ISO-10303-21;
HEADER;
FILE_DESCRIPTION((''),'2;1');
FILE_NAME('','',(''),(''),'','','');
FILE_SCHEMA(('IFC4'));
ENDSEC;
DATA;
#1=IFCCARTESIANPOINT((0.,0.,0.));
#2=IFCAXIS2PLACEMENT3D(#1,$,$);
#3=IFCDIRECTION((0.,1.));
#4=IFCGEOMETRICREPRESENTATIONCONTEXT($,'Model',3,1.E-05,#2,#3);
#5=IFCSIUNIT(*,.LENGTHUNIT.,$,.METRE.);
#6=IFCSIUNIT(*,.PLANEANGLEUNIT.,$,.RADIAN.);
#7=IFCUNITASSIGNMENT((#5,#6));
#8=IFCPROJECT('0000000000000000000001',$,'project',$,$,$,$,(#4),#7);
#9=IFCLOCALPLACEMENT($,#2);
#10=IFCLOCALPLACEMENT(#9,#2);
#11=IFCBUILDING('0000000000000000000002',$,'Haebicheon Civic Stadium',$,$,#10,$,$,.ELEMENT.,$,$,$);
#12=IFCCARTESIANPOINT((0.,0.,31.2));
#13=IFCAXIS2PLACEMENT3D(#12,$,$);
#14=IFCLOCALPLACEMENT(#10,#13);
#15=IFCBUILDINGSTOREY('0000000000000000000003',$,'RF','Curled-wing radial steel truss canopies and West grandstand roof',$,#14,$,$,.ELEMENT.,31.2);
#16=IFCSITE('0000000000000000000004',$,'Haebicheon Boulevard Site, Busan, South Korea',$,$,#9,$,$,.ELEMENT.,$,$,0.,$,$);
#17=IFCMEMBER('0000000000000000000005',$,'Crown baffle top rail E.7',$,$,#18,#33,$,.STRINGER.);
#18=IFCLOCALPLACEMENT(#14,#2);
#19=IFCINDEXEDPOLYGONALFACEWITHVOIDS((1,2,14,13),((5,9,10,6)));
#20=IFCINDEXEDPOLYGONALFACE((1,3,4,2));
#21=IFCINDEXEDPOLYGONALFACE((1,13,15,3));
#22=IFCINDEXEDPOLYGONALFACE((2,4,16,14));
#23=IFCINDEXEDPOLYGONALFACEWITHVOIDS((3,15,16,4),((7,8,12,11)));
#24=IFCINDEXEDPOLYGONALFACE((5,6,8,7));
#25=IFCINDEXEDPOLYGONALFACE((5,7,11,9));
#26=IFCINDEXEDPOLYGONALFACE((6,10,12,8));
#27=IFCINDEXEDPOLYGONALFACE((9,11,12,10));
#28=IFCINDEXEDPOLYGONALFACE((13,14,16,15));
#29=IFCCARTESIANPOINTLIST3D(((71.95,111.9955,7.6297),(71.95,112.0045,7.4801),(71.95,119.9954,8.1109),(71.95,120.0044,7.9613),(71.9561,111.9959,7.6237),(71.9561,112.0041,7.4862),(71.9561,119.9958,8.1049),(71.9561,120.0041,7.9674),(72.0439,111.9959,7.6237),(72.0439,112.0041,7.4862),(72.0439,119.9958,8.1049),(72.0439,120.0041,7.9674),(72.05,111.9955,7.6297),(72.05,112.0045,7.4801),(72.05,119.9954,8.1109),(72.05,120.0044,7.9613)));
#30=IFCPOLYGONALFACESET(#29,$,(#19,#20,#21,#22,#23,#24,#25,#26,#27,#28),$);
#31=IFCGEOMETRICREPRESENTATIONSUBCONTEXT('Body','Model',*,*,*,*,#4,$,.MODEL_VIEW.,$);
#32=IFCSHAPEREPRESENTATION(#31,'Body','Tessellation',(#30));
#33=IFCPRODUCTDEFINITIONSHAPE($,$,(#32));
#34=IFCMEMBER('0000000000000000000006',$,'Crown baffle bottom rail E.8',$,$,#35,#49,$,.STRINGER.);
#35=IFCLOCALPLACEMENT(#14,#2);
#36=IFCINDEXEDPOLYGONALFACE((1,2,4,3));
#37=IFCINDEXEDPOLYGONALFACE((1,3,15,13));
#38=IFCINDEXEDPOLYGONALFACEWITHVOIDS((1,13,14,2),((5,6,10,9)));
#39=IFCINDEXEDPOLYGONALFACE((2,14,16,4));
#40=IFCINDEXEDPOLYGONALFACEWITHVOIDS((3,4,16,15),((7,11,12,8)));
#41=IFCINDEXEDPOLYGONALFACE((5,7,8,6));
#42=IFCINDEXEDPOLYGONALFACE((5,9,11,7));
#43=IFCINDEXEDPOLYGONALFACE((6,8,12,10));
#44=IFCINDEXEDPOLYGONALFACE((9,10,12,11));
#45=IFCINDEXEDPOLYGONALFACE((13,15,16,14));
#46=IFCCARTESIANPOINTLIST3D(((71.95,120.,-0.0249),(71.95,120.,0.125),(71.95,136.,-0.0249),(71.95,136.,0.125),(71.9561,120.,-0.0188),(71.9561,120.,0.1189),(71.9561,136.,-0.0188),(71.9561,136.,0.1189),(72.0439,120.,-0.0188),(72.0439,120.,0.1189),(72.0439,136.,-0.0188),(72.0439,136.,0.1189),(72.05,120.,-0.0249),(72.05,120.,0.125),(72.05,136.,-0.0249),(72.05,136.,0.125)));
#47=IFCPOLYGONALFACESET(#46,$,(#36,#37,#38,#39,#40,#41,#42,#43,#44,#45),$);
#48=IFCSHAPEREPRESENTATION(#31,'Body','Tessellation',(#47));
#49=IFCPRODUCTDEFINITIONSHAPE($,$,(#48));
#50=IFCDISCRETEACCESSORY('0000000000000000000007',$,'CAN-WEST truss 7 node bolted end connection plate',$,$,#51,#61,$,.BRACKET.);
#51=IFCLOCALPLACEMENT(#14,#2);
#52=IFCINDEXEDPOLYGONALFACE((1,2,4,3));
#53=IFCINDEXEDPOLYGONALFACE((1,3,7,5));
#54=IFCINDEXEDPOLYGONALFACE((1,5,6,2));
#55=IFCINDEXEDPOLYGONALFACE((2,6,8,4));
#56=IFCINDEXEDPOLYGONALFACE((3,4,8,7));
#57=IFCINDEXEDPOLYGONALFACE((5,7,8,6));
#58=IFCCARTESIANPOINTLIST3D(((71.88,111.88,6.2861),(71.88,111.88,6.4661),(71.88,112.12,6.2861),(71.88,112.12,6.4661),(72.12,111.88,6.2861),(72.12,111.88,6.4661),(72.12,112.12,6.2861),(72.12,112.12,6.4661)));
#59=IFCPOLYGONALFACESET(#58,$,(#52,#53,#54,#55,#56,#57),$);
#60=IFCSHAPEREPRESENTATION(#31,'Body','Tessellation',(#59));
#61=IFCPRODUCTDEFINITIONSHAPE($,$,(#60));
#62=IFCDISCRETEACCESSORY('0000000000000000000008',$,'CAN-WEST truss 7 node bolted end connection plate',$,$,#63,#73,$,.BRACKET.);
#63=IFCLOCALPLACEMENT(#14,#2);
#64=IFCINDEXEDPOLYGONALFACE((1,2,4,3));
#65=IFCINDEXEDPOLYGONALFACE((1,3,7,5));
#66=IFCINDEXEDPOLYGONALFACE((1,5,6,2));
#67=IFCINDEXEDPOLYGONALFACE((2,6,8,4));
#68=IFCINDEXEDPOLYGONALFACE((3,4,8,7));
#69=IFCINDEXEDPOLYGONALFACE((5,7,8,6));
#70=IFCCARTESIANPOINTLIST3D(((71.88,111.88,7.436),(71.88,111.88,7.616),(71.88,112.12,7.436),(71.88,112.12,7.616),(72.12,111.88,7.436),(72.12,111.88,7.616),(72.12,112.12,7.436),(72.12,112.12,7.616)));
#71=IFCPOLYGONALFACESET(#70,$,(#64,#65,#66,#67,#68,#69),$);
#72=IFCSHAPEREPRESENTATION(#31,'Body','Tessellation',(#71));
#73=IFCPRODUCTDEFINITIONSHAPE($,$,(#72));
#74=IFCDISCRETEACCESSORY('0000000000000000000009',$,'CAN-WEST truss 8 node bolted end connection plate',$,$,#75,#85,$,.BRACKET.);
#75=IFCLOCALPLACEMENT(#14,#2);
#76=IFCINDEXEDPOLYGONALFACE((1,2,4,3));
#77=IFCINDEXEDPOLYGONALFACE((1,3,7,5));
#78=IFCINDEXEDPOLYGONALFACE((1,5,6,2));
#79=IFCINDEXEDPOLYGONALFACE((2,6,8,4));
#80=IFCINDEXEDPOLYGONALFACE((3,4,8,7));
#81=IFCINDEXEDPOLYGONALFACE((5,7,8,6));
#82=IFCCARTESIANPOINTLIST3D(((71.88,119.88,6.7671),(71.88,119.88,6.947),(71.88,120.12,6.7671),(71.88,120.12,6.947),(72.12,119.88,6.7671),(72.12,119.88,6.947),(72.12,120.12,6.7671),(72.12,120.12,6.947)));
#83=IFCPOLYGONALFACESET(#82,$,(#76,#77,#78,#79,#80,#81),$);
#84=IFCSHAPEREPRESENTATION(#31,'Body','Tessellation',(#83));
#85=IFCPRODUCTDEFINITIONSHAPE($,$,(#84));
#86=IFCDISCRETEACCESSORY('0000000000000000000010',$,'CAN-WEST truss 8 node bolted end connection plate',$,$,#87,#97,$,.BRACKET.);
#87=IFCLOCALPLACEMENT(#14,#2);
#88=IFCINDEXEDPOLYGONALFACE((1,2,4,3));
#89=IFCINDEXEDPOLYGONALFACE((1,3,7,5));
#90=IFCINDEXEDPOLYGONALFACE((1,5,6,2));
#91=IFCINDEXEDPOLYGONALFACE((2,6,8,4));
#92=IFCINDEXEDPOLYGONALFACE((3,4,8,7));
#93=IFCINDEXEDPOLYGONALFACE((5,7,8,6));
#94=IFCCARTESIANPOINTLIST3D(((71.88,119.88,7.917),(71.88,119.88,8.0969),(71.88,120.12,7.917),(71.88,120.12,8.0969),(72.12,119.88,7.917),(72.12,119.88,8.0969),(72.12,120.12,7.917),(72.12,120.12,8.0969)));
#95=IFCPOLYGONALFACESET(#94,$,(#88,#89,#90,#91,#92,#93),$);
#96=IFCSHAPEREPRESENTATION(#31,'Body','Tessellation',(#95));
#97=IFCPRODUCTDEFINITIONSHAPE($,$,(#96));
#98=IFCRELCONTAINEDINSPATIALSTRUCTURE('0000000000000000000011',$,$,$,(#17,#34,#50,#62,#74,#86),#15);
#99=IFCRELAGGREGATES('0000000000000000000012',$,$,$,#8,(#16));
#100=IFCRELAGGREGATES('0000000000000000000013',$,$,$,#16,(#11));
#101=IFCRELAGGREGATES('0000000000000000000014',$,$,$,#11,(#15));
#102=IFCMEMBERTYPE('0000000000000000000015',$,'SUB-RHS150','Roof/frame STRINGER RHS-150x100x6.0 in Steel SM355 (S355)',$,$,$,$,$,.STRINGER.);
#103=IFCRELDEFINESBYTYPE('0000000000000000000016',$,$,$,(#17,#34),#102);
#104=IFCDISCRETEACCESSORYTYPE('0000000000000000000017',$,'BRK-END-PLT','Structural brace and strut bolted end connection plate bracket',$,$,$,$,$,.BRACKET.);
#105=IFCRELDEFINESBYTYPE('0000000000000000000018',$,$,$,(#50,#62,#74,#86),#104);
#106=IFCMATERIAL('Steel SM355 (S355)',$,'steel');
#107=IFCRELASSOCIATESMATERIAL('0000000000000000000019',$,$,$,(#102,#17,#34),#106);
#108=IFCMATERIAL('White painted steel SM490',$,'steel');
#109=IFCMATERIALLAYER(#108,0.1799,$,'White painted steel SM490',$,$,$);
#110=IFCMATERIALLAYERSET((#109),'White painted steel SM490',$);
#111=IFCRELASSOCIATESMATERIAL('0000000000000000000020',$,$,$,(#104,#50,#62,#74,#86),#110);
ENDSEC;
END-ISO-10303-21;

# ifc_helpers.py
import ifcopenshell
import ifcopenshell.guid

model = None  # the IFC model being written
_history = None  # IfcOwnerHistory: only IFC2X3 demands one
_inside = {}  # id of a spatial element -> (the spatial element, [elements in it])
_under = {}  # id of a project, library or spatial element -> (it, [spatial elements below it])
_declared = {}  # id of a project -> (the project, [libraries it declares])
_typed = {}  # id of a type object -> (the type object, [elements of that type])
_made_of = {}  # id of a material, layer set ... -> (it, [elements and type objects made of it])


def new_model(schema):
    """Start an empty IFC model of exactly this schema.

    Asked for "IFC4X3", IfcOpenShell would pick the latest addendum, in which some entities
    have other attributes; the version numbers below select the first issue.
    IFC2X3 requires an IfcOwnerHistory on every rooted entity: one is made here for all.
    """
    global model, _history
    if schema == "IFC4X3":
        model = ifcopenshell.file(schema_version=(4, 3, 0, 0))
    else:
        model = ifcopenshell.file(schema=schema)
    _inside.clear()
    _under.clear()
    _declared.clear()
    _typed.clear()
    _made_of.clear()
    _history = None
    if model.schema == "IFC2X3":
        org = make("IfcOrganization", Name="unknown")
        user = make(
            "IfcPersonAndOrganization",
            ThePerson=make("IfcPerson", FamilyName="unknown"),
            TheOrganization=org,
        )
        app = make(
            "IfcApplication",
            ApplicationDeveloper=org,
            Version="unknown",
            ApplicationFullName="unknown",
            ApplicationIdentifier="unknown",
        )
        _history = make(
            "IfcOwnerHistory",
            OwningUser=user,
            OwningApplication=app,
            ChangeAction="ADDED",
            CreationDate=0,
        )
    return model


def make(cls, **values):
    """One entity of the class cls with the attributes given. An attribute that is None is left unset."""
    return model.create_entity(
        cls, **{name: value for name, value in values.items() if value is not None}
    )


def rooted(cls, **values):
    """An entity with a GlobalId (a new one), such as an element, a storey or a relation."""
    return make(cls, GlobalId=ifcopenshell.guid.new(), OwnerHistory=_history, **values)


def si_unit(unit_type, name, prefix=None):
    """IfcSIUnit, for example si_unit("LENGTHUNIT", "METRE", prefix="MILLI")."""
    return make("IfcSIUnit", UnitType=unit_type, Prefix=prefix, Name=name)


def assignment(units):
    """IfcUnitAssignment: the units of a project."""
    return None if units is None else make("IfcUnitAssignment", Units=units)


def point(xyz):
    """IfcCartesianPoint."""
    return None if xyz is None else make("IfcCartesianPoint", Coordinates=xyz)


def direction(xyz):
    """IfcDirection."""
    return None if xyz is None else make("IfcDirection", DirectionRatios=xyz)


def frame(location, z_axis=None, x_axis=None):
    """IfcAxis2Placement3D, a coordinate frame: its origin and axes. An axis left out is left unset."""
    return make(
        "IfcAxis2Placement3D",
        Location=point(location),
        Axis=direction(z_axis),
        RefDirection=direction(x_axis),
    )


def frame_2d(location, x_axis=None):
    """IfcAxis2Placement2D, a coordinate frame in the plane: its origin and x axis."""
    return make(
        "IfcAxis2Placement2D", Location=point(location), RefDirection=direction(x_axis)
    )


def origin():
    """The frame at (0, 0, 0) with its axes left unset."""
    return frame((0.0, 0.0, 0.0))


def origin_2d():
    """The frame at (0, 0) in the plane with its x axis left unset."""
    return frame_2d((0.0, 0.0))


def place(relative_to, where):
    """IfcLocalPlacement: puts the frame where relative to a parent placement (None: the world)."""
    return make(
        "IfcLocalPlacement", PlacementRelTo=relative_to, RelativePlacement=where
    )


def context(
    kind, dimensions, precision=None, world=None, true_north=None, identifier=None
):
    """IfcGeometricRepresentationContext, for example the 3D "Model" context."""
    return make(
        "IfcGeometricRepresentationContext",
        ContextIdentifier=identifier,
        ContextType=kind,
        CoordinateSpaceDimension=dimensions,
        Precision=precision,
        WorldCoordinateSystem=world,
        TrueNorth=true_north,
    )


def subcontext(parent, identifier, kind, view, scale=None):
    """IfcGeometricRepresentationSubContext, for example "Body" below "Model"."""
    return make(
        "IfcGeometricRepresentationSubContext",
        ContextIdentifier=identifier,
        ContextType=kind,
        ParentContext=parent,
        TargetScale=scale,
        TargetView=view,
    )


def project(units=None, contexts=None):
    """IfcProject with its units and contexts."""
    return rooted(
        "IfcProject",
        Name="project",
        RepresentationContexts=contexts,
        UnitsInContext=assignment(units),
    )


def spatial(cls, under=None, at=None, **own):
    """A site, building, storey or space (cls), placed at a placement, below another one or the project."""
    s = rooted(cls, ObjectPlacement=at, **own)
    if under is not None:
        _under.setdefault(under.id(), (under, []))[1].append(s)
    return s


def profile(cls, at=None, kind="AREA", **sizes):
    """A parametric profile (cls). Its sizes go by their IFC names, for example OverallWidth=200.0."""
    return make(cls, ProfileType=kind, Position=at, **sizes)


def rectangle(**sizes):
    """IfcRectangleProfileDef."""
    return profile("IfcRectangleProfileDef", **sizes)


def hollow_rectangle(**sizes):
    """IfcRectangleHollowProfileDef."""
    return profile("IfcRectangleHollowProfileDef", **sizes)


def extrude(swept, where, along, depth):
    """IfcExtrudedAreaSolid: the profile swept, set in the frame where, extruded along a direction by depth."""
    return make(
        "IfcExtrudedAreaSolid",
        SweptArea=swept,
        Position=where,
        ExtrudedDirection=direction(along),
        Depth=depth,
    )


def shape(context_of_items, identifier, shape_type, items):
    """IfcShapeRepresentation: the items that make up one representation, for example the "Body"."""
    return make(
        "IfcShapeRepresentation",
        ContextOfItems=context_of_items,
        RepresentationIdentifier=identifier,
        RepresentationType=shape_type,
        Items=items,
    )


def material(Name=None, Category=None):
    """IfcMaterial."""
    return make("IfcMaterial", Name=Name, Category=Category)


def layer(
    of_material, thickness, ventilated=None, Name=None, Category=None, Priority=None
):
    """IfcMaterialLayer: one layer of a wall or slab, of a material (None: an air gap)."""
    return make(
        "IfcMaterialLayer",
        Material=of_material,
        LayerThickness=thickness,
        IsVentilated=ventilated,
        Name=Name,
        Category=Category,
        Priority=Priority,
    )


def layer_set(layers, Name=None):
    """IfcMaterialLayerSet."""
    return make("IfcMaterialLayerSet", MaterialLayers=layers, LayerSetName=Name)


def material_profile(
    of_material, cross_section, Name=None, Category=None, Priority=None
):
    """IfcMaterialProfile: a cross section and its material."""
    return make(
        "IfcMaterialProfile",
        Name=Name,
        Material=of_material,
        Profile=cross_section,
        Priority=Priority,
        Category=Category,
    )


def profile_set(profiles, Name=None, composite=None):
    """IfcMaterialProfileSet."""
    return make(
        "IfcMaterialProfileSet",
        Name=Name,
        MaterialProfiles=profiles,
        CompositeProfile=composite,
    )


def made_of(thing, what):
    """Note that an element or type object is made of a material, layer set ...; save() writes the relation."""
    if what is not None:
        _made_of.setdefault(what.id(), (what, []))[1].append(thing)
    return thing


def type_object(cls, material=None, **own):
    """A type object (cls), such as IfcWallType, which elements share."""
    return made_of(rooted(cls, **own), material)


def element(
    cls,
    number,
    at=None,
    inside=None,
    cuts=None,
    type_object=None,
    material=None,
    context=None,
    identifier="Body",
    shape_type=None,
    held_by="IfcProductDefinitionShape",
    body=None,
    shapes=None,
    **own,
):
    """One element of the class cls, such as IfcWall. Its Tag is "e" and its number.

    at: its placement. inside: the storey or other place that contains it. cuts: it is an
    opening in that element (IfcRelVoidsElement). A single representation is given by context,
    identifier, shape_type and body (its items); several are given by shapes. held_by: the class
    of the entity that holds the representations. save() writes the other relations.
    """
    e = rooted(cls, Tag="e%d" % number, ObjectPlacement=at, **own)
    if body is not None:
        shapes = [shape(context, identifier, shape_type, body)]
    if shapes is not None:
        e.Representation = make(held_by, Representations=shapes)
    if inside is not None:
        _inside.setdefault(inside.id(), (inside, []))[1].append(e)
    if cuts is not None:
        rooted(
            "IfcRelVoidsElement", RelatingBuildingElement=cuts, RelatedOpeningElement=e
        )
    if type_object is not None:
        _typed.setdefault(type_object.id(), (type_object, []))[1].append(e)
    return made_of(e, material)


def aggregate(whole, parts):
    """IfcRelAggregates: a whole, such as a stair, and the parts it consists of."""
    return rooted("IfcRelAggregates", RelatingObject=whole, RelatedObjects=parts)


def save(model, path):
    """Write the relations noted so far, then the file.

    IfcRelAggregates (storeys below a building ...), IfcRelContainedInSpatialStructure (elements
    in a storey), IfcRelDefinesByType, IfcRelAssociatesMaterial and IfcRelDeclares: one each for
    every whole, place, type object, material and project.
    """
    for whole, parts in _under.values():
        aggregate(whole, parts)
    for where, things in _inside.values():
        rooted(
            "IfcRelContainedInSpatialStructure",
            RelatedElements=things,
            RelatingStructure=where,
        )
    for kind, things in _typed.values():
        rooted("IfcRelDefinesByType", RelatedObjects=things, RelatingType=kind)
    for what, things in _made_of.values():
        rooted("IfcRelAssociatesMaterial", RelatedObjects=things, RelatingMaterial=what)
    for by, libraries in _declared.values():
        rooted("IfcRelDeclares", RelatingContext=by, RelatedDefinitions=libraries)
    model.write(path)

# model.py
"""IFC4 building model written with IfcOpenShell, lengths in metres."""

from ifc_helpers import new_model, si_unit, direction, frame, origin, origin_2d, place, context, subcontext, project, spatial, rectangle, hollow_rectangle, extrude, material, layer, layer_set, material_profile, profile_set, type_object, element, save


model = new_model("IFC4")

# Units and contexts
model_context = context("Model", 3, precision=1e-05, world=origin(), true_north=direction((0.0, 1.0)))
body_context = subcontext(model_context, "Body", "Model", "MODEL_VIEW")
ifc_project = project(units=[si_unit("LENGTHUNIT", "METRE"), si_unit("PLANEANGLEUNIT", "RADIAN")], contexts=[model_context])

# Site, building, storey
site_placement = place(None, origin())
site = spatial("IfcSite", under=ifc_project, at=site_placement, Name="Haebicheon Boulevard Site, Busan, South Korea", CompositionType="ELEMENT", RefElevation=0.0)
building_placement = place(site_placement, origin())
building = spatial("IfcBuilding", under=site, at=building_placement, Name="Haebicheon Civic Stadium", CompositionType="ELEMENT")
storey_placement = place(building_placement, frame((0.0, 0.0, 31.2)))
storey = spatial("IfcBuildingStorey", under=building, at=storey_placement, Name="RF", Description="Curled-wing radial steel truss canopies and West grandstand roof", CompositionType="ELEMENT", Elevation=31.2)

# Members
ifc_material_1 = material(Name="Steel SM355 (S355)", Category="steel")
ifc_material_profile_1 = material_profile(ifc_material_1, hollow_rectangle(XDim=0.1001, YDim=0.1499, WallThickness=0.0061, at=origin_2d()), Name="RHS-150x100x6.0")
ifc_profile_set_1 = profile_set([ifc_material_profile_1], Name="Steel SM355 (S355)")
member_type_1 = type_object("IfcMemberType", Name="SUB-RHS150", Description="Roof/frame STRINGER RHS-150x100x6.0 in Steel SM355 (S355)", PredefinedType="STRINGER", material=ifc_profile_set_1)
member_1_placement = place(storey_placement, frame((72.0, 112.0, 7.5549), z_axis=(0.0, 0.998196, 0.060042), x_axis=(-1.0, 0.0, 0.0)))
element("IfcMember", 1, at=member_1_placement, inside=storey, type_object=member_type_1, material=ifc_profile_set_1, Name="Crown baffle top rail E.7", PredefinedType="STRINGER", context=body_context, shape_type="SweptSolid", body=[
    extrude(hollow_rectangle(XDim=0.1001, YDim=0.1499, WallThickness=0.0061, at=origin_2d()), origin(), (0.0, 0.0, 1.0), 8.0144),
])
member_2_placement = place(storey_placement, frame((72.0, 120.0, 0.05), z_axis=(0.0, 1.0, 0.0), x_axis=(-1.0, 0.0, 0.0)))
element("IfcMember", 2, at=member_2_placement, inside=storey, type_object=member_type_1, material=ifc_profile_set_1, Name="Crown baffle bottom rail E.8", PredefinedType="STRINGER", context=body_context, shape_type="SweptSolid", body=[
    extrude(hollow_rectangle(XDim=0.1001, YDim=0.1499, WallThickness=0.0061, at=origin_2d()), origin(), (0.0, 0.0, 1.0), 16.0),
])

# Discrete accessories
ifc_material_2 = material(Name="White painted steel SM490", Category="steel")
ifc_layer = layer(ifc_material_2, 0.1799, Name="White painted steel SM490")
ifc_layer_set = layer_set([ifc_layer], Name="White painted steel SM490")
discrete_accessory_type = type_object("IfcDiscreteAccessoryType", Name="BRK-END-PLT", Description="Structural brace and strut bolted end connection plate bracket", PredefinedType="BRACKET", material=ifc_layer_set)
for number, where, z_axis, x_axis, name in (
    (3, (72.0, 112.0, 6.2861), (0.0, 0.0, 1.0), (1.0, 0.0, 0.0), "CAN-WEST truss 7 node bolted end connection plate"),
    (4, (72.0, 112.0, 7.436), (0.0, 0.0, 1.0), (1.0, 0.0, 0.0), "CAN-WEST truss 7 node bolted end connection plate"),
    (5, (72.0, 120.0, 6.7671), (0.0, 0.0, 1.0), (1.0, 0.0, 0.0), "CAN-WEST truss 8 node bolted end connection plate"),
    (6, (72.0, 120.0, 7.917), (0.0, 0.0, 1.0), (1.0, 0.0, 0.0), "CAN-WEST truss 8 node bolted end connection plate"),
):
    element("IfcDiscreteAccessory", number, at=place(storey_placement, frame(where, z_axis=z_axis, x_axis=x_axis)), inside=storey, type_object=discrete_accessory_type, material=ifc_layer_set, Name=name, PredefinedType="BRACKET", context=body_context, shape_type="SweptSolid", body=[
        extrude(rectangle(XDim=0.24, YDim=0.24, at=origin_2d()), origin(), (0.0, 0.0, 1.0), 0.1799),
    ])

save(model, "model.ifc")
